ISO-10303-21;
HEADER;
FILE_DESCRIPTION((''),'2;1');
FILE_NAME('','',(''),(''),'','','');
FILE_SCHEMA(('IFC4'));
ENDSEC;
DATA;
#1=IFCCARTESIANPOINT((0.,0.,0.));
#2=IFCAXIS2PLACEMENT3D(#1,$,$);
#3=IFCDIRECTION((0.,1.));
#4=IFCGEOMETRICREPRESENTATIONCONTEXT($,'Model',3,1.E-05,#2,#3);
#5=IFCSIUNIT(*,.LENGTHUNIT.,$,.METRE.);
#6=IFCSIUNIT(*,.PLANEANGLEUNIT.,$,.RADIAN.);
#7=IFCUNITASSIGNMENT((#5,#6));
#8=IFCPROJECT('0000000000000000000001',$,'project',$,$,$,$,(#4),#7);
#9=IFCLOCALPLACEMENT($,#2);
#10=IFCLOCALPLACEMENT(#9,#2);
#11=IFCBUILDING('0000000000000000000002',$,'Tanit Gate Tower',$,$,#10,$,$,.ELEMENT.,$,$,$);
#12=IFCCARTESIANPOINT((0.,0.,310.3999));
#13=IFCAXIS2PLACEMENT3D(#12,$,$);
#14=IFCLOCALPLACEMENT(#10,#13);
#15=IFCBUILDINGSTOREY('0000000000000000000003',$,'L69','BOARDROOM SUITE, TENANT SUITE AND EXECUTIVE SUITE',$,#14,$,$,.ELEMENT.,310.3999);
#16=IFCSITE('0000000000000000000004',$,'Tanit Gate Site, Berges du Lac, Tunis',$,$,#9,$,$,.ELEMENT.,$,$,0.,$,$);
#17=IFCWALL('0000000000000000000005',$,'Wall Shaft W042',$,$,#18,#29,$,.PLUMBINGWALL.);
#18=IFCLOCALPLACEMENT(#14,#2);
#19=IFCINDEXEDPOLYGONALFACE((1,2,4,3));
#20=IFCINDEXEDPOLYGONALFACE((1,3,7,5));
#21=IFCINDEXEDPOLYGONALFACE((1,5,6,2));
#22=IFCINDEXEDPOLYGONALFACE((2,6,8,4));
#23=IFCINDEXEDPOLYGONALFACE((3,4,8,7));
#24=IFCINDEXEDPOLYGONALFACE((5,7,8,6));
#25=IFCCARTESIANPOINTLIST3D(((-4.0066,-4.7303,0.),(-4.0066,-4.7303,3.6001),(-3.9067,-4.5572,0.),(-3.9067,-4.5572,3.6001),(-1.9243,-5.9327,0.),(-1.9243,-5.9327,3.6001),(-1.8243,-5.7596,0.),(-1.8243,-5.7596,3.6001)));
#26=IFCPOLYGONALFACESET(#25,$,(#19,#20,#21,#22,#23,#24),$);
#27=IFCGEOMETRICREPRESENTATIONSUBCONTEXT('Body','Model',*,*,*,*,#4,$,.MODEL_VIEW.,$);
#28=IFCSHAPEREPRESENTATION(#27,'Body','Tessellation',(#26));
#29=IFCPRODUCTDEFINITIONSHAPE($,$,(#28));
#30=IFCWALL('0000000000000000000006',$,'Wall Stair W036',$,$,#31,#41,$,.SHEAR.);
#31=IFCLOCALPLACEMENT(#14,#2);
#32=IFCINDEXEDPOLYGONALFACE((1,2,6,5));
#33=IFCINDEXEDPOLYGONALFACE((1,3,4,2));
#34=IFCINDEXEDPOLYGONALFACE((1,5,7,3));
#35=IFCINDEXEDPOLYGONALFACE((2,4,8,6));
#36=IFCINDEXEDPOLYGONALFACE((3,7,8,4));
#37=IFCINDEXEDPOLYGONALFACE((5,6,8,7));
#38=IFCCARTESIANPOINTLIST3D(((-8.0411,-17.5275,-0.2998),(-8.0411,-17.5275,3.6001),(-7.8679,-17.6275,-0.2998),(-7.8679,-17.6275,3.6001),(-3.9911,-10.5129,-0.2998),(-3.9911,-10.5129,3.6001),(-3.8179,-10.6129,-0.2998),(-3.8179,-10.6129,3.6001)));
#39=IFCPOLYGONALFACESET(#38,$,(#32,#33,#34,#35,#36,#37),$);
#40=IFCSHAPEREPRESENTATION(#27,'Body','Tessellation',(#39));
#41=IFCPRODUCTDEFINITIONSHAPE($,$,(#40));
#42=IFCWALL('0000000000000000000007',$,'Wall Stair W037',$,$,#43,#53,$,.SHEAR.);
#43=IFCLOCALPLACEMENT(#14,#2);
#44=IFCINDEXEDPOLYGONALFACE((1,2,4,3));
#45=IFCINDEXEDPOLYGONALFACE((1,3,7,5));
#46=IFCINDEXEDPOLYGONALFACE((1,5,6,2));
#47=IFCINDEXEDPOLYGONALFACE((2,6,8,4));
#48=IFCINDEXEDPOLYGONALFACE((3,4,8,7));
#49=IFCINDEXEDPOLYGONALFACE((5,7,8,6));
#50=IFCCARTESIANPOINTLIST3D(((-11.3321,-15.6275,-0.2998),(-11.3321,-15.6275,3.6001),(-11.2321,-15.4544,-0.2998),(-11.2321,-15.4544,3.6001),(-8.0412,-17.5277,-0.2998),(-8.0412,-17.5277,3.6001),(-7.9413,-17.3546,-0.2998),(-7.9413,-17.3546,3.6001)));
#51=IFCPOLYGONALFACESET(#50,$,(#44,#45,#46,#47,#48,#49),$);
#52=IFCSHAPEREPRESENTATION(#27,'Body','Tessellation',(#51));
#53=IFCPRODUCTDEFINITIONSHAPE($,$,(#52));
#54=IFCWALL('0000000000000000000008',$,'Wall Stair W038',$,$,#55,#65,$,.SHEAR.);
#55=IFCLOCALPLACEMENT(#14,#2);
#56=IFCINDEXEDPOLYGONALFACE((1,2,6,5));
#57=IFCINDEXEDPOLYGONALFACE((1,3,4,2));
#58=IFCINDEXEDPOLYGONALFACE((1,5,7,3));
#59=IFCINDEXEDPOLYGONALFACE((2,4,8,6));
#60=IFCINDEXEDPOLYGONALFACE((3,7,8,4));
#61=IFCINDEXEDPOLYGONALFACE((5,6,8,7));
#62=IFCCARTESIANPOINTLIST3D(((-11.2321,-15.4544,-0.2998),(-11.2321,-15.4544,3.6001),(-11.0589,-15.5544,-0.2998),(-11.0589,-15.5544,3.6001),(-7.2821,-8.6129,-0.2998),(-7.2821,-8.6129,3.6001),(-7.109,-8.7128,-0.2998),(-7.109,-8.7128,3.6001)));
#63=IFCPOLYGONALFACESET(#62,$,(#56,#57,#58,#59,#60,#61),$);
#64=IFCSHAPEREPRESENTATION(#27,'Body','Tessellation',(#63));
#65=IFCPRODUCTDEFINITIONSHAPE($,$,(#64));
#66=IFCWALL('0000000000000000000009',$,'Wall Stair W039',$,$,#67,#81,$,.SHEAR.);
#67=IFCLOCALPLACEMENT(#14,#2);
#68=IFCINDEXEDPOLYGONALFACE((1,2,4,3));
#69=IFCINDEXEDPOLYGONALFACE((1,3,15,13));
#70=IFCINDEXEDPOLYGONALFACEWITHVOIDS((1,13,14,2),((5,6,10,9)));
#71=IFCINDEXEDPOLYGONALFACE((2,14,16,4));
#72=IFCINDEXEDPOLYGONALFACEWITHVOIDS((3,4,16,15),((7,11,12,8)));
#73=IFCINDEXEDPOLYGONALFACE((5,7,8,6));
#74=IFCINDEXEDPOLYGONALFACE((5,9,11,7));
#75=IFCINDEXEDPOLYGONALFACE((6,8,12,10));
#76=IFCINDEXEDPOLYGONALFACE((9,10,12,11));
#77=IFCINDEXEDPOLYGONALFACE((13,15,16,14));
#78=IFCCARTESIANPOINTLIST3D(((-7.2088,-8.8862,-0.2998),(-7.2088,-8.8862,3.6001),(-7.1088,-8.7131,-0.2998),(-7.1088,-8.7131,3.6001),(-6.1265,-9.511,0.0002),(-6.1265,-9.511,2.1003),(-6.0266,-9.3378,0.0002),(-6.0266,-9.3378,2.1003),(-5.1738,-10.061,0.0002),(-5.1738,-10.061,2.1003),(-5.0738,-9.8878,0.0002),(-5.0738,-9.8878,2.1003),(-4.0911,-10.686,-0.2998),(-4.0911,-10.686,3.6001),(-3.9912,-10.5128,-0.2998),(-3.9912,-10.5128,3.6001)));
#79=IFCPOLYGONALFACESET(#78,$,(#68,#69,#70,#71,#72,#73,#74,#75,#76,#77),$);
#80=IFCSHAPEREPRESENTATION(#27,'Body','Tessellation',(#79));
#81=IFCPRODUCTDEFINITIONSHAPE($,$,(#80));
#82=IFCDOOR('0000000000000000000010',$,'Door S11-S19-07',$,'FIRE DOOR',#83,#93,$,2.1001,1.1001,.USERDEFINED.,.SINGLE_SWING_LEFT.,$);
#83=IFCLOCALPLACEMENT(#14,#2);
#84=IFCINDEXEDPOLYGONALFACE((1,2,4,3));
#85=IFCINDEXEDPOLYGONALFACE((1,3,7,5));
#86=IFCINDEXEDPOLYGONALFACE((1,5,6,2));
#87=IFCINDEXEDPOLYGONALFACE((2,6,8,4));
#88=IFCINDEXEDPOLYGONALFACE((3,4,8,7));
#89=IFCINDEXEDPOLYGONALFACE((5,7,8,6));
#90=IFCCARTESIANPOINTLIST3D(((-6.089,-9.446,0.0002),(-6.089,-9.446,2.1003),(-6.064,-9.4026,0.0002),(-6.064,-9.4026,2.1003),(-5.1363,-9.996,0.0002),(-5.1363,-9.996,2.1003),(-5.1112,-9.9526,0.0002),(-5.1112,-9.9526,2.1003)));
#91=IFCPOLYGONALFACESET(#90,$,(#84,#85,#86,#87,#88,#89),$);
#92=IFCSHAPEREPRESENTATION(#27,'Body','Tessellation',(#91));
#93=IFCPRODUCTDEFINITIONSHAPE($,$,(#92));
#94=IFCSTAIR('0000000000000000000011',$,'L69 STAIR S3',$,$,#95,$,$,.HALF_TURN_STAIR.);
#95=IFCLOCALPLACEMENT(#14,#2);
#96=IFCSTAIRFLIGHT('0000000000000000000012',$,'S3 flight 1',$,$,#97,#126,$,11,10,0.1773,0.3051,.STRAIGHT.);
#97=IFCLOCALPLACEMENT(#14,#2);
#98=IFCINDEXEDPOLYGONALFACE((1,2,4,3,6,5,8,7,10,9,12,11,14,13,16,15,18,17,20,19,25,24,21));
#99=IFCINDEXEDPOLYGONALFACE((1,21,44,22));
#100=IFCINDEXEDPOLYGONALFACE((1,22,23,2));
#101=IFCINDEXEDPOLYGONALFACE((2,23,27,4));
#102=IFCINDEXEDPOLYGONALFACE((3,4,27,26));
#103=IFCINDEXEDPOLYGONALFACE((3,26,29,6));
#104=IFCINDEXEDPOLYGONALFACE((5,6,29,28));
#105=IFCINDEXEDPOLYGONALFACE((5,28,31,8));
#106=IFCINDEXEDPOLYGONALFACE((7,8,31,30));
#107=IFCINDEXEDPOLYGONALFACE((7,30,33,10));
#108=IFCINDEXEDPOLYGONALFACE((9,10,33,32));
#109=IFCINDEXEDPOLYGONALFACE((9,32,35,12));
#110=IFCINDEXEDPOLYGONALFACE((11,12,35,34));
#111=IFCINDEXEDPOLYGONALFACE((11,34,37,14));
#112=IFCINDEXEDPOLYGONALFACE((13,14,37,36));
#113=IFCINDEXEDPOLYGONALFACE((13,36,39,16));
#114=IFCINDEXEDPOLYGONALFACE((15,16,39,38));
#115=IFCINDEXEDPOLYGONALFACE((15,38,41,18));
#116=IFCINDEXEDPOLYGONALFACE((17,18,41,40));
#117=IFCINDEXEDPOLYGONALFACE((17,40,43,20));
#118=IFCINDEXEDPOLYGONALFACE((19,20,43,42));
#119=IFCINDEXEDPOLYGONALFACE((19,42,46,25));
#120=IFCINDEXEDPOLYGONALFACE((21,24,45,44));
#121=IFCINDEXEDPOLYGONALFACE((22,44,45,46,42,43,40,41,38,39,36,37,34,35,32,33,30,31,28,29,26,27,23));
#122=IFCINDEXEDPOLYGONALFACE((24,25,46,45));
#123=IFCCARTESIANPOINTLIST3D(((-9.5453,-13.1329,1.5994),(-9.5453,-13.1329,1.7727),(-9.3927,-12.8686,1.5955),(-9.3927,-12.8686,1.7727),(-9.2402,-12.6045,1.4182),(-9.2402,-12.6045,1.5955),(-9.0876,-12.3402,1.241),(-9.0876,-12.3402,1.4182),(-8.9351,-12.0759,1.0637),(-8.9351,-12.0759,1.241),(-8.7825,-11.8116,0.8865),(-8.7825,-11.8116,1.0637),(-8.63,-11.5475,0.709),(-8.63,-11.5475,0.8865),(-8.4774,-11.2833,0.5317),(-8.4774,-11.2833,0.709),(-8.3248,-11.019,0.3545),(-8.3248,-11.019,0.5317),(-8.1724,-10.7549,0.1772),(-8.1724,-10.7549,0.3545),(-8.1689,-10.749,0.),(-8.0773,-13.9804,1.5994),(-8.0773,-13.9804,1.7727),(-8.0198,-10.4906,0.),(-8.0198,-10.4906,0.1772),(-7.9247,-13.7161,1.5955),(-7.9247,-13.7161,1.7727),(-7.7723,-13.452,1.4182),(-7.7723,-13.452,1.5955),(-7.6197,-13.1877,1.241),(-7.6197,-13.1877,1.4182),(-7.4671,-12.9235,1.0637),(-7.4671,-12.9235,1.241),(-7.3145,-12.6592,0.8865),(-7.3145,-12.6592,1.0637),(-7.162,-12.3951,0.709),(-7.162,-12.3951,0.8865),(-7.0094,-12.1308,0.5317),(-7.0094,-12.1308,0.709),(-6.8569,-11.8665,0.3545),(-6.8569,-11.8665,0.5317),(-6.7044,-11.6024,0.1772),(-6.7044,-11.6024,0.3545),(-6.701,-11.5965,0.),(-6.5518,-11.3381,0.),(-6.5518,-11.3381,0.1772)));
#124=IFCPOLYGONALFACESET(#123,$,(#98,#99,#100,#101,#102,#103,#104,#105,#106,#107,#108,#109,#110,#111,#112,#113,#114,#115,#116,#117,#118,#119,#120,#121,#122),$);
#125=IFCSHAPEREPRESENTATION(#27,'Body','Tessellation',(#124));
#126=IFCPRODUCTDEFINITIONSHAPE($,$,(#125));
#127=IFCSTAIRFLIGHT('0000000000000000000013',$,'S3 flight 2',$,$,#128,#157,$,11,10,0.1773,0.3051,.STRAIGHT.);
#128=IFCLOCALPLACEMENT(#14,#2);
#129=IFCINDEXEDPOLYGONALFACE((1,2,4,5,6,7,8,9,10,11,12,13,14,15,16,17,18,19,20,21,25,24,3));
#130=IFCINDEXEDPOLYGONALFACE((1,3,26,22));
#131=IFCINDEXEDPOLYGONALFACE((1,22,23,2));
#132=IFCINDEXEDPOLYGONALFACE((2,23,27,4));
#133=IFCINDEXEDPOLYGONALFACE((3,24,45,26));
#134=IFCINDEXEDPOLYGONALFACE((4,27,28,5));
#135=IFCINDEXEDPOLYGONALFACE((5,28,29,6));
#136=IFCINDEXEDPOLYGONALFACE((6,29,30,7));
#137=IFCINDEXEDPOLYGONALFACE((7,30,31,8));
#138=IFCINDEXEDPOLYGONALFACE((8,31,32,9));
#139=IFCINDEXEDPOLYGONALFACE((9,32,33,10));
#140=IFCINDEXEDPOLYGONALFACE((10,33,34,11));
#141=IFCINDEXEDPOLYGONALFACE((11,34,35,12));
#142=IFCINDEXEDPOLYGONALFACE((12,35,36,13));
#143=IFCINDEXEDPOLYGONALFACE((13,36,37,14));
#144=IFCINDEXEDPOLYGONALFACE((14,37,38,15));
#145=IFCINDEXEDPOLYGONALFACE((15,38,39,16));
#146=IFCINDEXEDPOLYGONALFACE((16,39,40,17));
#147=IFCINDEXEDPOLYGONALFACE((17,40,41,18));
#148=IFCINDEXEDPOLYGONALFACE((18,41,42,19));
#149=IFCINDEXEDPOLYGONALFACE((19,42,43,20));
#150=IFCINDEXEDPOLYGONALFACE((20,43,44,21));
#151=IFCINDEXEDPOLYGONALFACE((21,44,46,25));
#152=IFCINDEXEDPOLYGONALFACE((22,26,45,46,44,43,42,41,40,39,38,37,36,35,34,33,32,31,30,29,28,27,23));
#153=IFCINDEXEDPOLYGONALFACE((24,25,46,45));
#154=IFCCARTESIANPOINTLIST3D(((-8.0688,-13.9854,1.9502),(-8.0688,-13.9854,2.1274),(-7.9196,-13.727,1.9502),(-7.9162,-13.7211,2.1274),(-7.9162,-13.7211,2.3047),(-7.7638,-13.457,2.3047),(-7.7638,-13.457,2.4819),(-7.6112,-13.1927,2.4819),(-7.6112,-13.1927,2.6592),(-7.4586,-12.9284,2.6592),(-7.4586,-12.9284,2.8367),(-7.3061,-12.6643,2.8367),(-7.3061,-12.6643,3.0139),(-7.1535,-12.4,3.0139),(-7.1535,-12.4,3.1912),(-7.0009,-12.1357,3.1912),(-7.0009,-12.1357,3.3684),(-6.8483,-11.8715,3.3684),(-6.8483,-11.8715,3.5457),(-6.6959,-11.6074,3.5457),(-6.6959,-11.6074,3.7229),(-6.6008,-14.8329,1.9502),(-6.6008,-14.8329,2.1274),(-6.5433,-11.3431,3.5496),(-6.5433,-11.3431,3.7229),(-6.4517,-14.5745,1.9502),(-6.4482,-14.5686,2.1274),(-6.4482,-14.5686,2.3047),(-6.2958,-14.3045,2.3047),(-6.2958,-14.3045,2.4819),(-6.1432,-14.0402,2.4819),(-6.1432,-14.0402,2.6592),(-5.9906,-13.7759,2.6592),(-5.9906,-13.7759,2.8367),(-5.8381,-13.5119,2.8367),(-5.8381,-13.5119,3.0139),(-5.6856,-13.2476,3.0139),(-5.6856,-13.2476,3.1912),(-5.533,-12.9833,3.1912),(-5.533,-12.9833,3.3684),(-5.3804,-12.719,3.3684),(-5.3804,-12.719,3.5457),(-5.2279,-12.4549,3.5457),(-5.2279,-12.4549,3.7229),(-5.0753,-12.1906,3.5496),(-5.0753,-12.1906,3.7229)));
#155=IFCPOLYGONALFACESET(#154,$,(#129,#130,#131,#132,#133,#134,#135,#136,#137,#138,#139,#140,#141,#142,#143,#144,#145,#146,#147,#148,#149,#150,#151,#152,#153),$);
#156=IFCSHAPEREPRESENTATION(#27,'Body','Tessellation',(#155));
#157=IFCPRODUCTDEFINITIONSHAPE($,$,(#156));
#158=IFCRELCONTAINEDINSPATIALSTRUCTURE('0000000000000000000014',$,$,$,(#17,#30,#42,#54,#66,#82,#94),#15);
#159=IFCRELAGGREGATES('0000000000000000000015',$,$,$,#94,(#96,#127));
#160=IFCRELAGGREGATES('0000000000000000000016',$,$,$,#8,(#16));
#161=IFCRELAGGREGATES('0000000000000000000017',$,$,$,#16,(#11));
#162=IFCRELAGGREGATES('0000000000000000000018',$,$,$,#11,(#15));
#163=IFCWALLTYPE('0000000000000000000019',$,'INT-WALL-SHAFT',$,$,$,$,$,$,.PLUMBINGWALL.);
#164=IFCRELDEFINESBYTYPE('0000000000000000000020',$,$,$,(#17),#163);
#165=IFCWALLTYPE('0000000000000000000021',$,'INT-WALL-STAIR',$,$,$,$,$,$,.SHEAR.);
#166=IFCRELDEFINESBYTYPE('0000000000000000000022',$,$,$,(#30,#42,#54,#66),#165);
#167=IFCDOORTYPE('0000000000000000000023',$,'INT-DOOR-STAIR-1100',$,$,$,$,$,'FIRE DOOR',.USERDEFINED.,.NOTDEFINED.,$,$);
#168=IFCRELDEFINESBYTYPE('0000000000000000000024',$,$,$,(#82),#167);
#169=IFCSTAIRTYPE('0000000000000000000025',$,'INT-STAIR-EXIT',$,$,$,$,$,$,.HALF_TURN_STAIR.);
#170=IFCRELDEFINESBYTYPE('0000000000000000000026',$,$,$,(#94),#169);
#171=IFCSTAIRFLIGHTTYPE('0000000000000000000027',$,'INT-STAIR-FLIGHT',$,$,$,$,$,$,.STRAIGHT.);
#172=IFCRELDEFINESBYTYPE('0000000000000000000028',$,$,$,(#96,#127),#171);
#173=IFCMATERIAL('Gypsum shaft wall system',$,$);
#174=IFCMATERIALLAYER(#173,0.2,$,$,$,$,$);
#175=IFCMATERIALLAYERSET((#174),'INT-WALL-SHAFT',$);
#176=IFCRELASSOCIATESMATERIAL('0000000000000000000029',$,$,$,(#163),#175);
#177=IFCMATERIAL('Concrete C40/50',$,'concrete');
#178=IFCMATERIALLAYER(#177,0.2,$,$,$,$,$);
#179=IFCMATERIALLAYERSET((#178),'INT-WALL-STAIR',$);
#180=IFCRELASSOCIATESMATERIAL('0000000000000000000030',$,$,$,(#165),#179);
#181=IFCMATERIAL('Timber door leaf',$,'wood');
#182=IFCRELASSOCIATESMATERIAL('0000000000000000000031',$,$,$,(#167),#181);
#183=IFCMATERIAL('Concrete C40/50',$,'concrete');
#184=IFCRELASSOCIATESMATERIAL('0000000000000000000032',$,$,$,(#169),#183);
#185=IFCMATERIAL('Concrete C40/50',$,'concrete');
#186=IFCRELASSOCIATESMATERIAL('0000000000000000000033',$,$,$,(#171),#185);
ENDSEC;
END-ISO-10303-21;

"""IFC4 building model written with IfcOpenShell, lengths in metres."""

from ifc_helpers import new_model, si_unit, direction, frame, frame_2d, origin, place, context, subcontext, project, spatial, polyline, rectangle, outline, extrude, material, layer, layer_set, type_object, element, fill, aggregate, save


model = new_model("IFC4")

# Units and contexts
model_context = context("Model", 3, precision=1e-05, world=origin(), true_north=direction((0.0, 1.0)))
body_context = subcontext(model_context, "Body", "Model", "MODEL_VIEW")
ifc_project = project(units=[si_unit("LENGTHUNIT", "METRE"), si_unit("PLANEANGLEUNIT", "RADIAN")], contexts=[model_context])

# Site, building, storey
site_placement = place(None, origin())
site = spatial("IfcSite", under=ifc_project, at=site_placement, Name="Tanit Gate Site, Berges du Lac, Tunis", CompositionType="ELEMENT", RefElevation=0.0)
building_placement = place(site_placement, origin())
building = spatial("IfcBuilding", under=site, at=building_placement, Name="Tanit Gate Tower", CompositionType="ELEMENT")
storey_placement = place(building_placement, frame((0.0, 0.0, 310.3999)))
storey = spatial("IfcBuildingStorey", under=building, at=storey_placement, Name="L69", Description="BOARDROOM SUITE, TENANT SUITE AND EXECUTIVE SUITE", CompositionType="ELEMENT", Elevation=310.3999)

# Walls
ifc_material_1 = material(Name="Gypsum shaft wall system")
ifc_layer_1 = layer(ifc_material_1, 0.2)
ifc_layer_set_1 = layer_set([ifc_layer_1], Name="INT-WALL-SHAFT")
wall_type_1 = type_object("IfcWallType", Name="INT-WALL-SHAFT", PredefinedType="PLUMBINGWALL", material=ifc_layer_set_1)
wall_1_placement = place(storey_placement, frame((-3.9565, -4.6438, 0.0), z_axis=(0.0, 0.0, 1.0), x_axis=(0.865991, -0.500059, 0.0)))
element("IfcWall", 1, at=wall_1_placement, inside=storey, type_object=wall_type_1, Name="Wall Shaft W042", PredefinedType="PLUMBINGWALL", context=body_context, shape_type="SweptSolid", body=[
    extrude(rectangle(XDim=2.4045, YDim=0.2, at=frame_2d((1.2021, 0.0))), origin(), (0.0, 0.0, 1.0), 3.6001),
])
ifc_material_2 = material(Name="Concrete C40/50", Category="concrete")
ifc_layer_2 = layer(ifc_material_2, 0.2)
ifc_layer_set_2 = layer_set([ifc_layer_2], Name="INT-WALL-STAIR")
wall_type_2 = type_object("IfcWallType", Name="INT-WALL-STAIR", PredefinedType="SHEAR", material=ifc_layer_set_2)
wall_2_placement = place(storey_placement, frame((-3.9045, -10.563, -0.2998), z_axis=(0.0, 0.0, 1.0), x_axis=(-0.500013, -0.866018, 0.0)))
element("IfcWall", 2, at=wall_2_placement, inside=storey, type_object=wall_type_2, Name="Wall Stair W036", PredefinedType="SHEAR", context=body_context, shape_type="SweptSolid", body=[
    extrude(rectangle(XDim=8.0999, YDim=0.2, at=frame_2d((4.0498, 0.0))), origin(), (0.0, 0.0, 1.0), 3.8999),
])
wall_3_placement = place(storey_placement, frame((-11.282, -15.541, -0.2998), z_axis=(0.0, 0.0, 1.0), x_axis=(0.866, -0.500043, 0.0)))
element("IfcWall", 3, at=wall_3_placement, inside=storey, type_object=wall_type_2, Name="Wall Stair W037", PredefinedType="SHEAR", context=body_context, shape_type="SweptSolid", body=[
    extrude(rectangle(XDim=3.8, YDim=0.2, at=frame_2d((1.8999, 0.0))), origin(), (0.0, 0.0, 1.0), 3.8999),
])
wall_4_placement = place(storey_placement, frame((-7.1956, -8.6628, -0.2998), z_axis=(0.0, 0.0, 1.0), x_axis=(-0.499998, -0.866027, 0.0)))
element("IfcWall", 4, at=wall_4_placement, inside=storey, type_object=wall_type_2, Name="Wall Stair W038", PredefinedType="SHEAR", context=body_context, shape_type="SweptSolid", body=[
    extrude(rectangle(XDim=7.8999, YDim=0.2, at=frame_2d((3.95, 0.0))), origin(), (0.0, 0.0, 1.0), 3.8999),
])

# Wall, opening, door
wall_5_placement = place(storey_placement, frame((-4.0413, -10.5994, -0.2998), z_axis=(0.0, 0.0, 1.0), x_axis=(-0.866048, 0.499961, 0.0)))
wall_5 = element("IfcWall", 5, at=wall_5_placement, inside=storey, type_object=wall_type_2, Name="Wall Stair W039", PredefinedType="SHEAR", context=body_context, shape_type="SweptSolid", body=[
    extrude(rectangle(XDim=3.5999, YDim=0.2, at=frame_2d((1.7998, 0.0))), origin(), (0.0, 0.0, 1.0), 3.8999),
])
opening_1_placement = place(wall_5_placement, frame((1.25, 0.0, 0.3)))
opening_1 = element("IfcOpeningElement", 6, at=opening_1_placement, cuts=wall_5, PredefinedType="OPENING", context=body_context, shape_type="SweptSolid", body=[
    extrude(rectangle(XDim=1.1001, YDim=2.1001, at=frame_2d((0.55, 1.05))), frame((0.0, 0.1099, 0.0), z_axis=(0.0, -1.0, 0.0), x_axis=(1.0, 0.0, 0.0)), (0.0, 0.0, 1.0), 0.22),
])
ifc_material_3 = material(Name="Timber door leaf", Category="wood")
door_type_1 = type_object("IfcDoorType", Name="INT-DOOR-STAIR-1100", ElementType="FIRE DOOR", OperationType="NOTDEFINED", PredefinedType="USERDEFINED", material=ifc_material_3)
door_1_placement = place(opening_1_placement, origin())
door_1 = element("IfcDoor", 7, at=door_1_placement, inside=storey, type_object=door_type_1, Name="Door S11-S19-07", ObjectType="FIRE DOOR", OperationType="SINGLE_SWING_LEFT", OverallHeight=2.1001, OverallWidth=1.1001, PredefinedType="USERDEFINED", context=body_context, shape_type="SweptSolid", body=[
    extrude(rectangle(XDim=1.1001, YDim=2.1001, at=frame_2d((0.55, 1.05))), frame((0.0, 0.0249, 0.0), z_axis=(0.0, -1.0, 0.0), x_axis=(1.0, 0.0, 0.0)), (0.0, 0.0, 1.0), 0.05),
])
fill(opening_1, door_1)

# Stair, stair flights
ifc_material_4 = material(Name="Concrete C40/50", Category="concrete")
stair_type = type_object("IfcStairType", Name="INT-STAIR-EXIT", PredefinedType="HALF_TURN_STAIR", material=ifc_material_4)
stair_placement = place(storey_placement, origin())
stair = element("IfcStair", 8, at=stair_placement, inside=storey, type_object=stair_type, Name="L69 STAIR S3", PredefinedType="HALF_TURN_STAIR")
ifc_material_5 = material(Name="Concrete C40/50", Category="concrete")
stair_flight_type = type_object("IfcStairFlightType", Name="INT-STAIR-FLIGHT", PredefinedType="STRAIGHT", material=ifc_material_5)
stair_flight_1_placement = place(storey_placement, frame((-7.2859, -10.9143, 0.0), z_axis=(0.0, 0.0, 1.0), x_axis=(-0.5, -0.866025, 0.0)))
stair_flight_1 = element("IfcStairFlight", 9, at=stair_flight_1_placement, type_object=stair_flight_type, Name="S3 flight 1", NumberOfRisers=11, NumberOfTreads=10, PredefinedType="STRAIGHT", RiserHeight=0.1773, TreadLength=0.3051, context=body_context, shape_type="SweptSolid", body=[
    extrude(outline(polyline([(0.0, 0.0), (0.0, 0.1772), (0.3052, 0.1772), (0.3052, 0.3545), (0.6101, 0.3545), (0.6101, 0.5317), (0.9153, 0.5317), (0.9153, 0.709), (1.2205, 0.709), (1.2205, 0.8865), (1.5254, 0.8865), (1.5254, 1.0637), (1.8306, 1.0637), (1.8306, 1.241), (2.1357, 1.241), (2.1357, 1.4182), (2.4409, 1.4182), (2.4409, 1.5955), (2.7458, 1.5955), (2.7458, 1.7727), (3.051, 1.7727), (3.051, 1.95), (3.051, 1.5994), (0.2983, 0.0), (0.0, 0.0)])), frame((0.0, 0.8477, 0.0), z_axis=(0.0, -1.0, 0.0), x_axis=(1.0, 0.0, 0.0)), (0.0, 0.0, 1.0), 1.6951),
])
stair_flight_2_placement = place(storey_placement, frame((-7.3347, -14.4092, 1.9502), z_axis=(0.0, 0.0, 1.0), x_axis=(0.5, 0.866025, 0.0)))
stair_flight_2 = element("IfcStairFlight", 10, at=stair_flight_2_placement, type_object=stair_flight_type, Name="S3 flight 2", NumberOfRisers=11, NumberOfTreads=10, PredefinedType="STRAIGHT", RiserHeight=0.1773, TreadLength=0.3051, context=body_context, shape_type="SweptSolid", body=[
    extrude(outline(polyline([(0.0, 0.0), (0.0, 0.1772), (0.3052, 0.1772), (0.3052, 0.3545), (0.6101, 0.3545), (0.6101, 0.5317), (0.9153, 0.5317), (0.9153, 0.709), (1.2205, 0.709), (1.2205, 0.8865), (1.5254, 0.8865), (1.5254, 1.0637), (1.8306, 1.0637), (1.8306, 1.241), (2.1357, 1.241), (2.1357, 1.4182), (2.4409, 1.4182), (2.4409, 1.5955), (2.7458, 1.5955), (2.7458, 1.7727), (3.051, 1.7727), (3.051, 1.95), (3.051, 1.5994), (0.2983, 0.0), (0.0, 0.0)])), frame((0.0, 0.8477, 0.0), z_axis=(0.0, -1.0, 0.0), x_axis=(1.0, 0.0, 0.0)), (0.0, 0.0, 1.0), 1.6951),
])
aggregate(stair, [stair_flight_1, stair_flight_2])

save(model, "model.ifc")
